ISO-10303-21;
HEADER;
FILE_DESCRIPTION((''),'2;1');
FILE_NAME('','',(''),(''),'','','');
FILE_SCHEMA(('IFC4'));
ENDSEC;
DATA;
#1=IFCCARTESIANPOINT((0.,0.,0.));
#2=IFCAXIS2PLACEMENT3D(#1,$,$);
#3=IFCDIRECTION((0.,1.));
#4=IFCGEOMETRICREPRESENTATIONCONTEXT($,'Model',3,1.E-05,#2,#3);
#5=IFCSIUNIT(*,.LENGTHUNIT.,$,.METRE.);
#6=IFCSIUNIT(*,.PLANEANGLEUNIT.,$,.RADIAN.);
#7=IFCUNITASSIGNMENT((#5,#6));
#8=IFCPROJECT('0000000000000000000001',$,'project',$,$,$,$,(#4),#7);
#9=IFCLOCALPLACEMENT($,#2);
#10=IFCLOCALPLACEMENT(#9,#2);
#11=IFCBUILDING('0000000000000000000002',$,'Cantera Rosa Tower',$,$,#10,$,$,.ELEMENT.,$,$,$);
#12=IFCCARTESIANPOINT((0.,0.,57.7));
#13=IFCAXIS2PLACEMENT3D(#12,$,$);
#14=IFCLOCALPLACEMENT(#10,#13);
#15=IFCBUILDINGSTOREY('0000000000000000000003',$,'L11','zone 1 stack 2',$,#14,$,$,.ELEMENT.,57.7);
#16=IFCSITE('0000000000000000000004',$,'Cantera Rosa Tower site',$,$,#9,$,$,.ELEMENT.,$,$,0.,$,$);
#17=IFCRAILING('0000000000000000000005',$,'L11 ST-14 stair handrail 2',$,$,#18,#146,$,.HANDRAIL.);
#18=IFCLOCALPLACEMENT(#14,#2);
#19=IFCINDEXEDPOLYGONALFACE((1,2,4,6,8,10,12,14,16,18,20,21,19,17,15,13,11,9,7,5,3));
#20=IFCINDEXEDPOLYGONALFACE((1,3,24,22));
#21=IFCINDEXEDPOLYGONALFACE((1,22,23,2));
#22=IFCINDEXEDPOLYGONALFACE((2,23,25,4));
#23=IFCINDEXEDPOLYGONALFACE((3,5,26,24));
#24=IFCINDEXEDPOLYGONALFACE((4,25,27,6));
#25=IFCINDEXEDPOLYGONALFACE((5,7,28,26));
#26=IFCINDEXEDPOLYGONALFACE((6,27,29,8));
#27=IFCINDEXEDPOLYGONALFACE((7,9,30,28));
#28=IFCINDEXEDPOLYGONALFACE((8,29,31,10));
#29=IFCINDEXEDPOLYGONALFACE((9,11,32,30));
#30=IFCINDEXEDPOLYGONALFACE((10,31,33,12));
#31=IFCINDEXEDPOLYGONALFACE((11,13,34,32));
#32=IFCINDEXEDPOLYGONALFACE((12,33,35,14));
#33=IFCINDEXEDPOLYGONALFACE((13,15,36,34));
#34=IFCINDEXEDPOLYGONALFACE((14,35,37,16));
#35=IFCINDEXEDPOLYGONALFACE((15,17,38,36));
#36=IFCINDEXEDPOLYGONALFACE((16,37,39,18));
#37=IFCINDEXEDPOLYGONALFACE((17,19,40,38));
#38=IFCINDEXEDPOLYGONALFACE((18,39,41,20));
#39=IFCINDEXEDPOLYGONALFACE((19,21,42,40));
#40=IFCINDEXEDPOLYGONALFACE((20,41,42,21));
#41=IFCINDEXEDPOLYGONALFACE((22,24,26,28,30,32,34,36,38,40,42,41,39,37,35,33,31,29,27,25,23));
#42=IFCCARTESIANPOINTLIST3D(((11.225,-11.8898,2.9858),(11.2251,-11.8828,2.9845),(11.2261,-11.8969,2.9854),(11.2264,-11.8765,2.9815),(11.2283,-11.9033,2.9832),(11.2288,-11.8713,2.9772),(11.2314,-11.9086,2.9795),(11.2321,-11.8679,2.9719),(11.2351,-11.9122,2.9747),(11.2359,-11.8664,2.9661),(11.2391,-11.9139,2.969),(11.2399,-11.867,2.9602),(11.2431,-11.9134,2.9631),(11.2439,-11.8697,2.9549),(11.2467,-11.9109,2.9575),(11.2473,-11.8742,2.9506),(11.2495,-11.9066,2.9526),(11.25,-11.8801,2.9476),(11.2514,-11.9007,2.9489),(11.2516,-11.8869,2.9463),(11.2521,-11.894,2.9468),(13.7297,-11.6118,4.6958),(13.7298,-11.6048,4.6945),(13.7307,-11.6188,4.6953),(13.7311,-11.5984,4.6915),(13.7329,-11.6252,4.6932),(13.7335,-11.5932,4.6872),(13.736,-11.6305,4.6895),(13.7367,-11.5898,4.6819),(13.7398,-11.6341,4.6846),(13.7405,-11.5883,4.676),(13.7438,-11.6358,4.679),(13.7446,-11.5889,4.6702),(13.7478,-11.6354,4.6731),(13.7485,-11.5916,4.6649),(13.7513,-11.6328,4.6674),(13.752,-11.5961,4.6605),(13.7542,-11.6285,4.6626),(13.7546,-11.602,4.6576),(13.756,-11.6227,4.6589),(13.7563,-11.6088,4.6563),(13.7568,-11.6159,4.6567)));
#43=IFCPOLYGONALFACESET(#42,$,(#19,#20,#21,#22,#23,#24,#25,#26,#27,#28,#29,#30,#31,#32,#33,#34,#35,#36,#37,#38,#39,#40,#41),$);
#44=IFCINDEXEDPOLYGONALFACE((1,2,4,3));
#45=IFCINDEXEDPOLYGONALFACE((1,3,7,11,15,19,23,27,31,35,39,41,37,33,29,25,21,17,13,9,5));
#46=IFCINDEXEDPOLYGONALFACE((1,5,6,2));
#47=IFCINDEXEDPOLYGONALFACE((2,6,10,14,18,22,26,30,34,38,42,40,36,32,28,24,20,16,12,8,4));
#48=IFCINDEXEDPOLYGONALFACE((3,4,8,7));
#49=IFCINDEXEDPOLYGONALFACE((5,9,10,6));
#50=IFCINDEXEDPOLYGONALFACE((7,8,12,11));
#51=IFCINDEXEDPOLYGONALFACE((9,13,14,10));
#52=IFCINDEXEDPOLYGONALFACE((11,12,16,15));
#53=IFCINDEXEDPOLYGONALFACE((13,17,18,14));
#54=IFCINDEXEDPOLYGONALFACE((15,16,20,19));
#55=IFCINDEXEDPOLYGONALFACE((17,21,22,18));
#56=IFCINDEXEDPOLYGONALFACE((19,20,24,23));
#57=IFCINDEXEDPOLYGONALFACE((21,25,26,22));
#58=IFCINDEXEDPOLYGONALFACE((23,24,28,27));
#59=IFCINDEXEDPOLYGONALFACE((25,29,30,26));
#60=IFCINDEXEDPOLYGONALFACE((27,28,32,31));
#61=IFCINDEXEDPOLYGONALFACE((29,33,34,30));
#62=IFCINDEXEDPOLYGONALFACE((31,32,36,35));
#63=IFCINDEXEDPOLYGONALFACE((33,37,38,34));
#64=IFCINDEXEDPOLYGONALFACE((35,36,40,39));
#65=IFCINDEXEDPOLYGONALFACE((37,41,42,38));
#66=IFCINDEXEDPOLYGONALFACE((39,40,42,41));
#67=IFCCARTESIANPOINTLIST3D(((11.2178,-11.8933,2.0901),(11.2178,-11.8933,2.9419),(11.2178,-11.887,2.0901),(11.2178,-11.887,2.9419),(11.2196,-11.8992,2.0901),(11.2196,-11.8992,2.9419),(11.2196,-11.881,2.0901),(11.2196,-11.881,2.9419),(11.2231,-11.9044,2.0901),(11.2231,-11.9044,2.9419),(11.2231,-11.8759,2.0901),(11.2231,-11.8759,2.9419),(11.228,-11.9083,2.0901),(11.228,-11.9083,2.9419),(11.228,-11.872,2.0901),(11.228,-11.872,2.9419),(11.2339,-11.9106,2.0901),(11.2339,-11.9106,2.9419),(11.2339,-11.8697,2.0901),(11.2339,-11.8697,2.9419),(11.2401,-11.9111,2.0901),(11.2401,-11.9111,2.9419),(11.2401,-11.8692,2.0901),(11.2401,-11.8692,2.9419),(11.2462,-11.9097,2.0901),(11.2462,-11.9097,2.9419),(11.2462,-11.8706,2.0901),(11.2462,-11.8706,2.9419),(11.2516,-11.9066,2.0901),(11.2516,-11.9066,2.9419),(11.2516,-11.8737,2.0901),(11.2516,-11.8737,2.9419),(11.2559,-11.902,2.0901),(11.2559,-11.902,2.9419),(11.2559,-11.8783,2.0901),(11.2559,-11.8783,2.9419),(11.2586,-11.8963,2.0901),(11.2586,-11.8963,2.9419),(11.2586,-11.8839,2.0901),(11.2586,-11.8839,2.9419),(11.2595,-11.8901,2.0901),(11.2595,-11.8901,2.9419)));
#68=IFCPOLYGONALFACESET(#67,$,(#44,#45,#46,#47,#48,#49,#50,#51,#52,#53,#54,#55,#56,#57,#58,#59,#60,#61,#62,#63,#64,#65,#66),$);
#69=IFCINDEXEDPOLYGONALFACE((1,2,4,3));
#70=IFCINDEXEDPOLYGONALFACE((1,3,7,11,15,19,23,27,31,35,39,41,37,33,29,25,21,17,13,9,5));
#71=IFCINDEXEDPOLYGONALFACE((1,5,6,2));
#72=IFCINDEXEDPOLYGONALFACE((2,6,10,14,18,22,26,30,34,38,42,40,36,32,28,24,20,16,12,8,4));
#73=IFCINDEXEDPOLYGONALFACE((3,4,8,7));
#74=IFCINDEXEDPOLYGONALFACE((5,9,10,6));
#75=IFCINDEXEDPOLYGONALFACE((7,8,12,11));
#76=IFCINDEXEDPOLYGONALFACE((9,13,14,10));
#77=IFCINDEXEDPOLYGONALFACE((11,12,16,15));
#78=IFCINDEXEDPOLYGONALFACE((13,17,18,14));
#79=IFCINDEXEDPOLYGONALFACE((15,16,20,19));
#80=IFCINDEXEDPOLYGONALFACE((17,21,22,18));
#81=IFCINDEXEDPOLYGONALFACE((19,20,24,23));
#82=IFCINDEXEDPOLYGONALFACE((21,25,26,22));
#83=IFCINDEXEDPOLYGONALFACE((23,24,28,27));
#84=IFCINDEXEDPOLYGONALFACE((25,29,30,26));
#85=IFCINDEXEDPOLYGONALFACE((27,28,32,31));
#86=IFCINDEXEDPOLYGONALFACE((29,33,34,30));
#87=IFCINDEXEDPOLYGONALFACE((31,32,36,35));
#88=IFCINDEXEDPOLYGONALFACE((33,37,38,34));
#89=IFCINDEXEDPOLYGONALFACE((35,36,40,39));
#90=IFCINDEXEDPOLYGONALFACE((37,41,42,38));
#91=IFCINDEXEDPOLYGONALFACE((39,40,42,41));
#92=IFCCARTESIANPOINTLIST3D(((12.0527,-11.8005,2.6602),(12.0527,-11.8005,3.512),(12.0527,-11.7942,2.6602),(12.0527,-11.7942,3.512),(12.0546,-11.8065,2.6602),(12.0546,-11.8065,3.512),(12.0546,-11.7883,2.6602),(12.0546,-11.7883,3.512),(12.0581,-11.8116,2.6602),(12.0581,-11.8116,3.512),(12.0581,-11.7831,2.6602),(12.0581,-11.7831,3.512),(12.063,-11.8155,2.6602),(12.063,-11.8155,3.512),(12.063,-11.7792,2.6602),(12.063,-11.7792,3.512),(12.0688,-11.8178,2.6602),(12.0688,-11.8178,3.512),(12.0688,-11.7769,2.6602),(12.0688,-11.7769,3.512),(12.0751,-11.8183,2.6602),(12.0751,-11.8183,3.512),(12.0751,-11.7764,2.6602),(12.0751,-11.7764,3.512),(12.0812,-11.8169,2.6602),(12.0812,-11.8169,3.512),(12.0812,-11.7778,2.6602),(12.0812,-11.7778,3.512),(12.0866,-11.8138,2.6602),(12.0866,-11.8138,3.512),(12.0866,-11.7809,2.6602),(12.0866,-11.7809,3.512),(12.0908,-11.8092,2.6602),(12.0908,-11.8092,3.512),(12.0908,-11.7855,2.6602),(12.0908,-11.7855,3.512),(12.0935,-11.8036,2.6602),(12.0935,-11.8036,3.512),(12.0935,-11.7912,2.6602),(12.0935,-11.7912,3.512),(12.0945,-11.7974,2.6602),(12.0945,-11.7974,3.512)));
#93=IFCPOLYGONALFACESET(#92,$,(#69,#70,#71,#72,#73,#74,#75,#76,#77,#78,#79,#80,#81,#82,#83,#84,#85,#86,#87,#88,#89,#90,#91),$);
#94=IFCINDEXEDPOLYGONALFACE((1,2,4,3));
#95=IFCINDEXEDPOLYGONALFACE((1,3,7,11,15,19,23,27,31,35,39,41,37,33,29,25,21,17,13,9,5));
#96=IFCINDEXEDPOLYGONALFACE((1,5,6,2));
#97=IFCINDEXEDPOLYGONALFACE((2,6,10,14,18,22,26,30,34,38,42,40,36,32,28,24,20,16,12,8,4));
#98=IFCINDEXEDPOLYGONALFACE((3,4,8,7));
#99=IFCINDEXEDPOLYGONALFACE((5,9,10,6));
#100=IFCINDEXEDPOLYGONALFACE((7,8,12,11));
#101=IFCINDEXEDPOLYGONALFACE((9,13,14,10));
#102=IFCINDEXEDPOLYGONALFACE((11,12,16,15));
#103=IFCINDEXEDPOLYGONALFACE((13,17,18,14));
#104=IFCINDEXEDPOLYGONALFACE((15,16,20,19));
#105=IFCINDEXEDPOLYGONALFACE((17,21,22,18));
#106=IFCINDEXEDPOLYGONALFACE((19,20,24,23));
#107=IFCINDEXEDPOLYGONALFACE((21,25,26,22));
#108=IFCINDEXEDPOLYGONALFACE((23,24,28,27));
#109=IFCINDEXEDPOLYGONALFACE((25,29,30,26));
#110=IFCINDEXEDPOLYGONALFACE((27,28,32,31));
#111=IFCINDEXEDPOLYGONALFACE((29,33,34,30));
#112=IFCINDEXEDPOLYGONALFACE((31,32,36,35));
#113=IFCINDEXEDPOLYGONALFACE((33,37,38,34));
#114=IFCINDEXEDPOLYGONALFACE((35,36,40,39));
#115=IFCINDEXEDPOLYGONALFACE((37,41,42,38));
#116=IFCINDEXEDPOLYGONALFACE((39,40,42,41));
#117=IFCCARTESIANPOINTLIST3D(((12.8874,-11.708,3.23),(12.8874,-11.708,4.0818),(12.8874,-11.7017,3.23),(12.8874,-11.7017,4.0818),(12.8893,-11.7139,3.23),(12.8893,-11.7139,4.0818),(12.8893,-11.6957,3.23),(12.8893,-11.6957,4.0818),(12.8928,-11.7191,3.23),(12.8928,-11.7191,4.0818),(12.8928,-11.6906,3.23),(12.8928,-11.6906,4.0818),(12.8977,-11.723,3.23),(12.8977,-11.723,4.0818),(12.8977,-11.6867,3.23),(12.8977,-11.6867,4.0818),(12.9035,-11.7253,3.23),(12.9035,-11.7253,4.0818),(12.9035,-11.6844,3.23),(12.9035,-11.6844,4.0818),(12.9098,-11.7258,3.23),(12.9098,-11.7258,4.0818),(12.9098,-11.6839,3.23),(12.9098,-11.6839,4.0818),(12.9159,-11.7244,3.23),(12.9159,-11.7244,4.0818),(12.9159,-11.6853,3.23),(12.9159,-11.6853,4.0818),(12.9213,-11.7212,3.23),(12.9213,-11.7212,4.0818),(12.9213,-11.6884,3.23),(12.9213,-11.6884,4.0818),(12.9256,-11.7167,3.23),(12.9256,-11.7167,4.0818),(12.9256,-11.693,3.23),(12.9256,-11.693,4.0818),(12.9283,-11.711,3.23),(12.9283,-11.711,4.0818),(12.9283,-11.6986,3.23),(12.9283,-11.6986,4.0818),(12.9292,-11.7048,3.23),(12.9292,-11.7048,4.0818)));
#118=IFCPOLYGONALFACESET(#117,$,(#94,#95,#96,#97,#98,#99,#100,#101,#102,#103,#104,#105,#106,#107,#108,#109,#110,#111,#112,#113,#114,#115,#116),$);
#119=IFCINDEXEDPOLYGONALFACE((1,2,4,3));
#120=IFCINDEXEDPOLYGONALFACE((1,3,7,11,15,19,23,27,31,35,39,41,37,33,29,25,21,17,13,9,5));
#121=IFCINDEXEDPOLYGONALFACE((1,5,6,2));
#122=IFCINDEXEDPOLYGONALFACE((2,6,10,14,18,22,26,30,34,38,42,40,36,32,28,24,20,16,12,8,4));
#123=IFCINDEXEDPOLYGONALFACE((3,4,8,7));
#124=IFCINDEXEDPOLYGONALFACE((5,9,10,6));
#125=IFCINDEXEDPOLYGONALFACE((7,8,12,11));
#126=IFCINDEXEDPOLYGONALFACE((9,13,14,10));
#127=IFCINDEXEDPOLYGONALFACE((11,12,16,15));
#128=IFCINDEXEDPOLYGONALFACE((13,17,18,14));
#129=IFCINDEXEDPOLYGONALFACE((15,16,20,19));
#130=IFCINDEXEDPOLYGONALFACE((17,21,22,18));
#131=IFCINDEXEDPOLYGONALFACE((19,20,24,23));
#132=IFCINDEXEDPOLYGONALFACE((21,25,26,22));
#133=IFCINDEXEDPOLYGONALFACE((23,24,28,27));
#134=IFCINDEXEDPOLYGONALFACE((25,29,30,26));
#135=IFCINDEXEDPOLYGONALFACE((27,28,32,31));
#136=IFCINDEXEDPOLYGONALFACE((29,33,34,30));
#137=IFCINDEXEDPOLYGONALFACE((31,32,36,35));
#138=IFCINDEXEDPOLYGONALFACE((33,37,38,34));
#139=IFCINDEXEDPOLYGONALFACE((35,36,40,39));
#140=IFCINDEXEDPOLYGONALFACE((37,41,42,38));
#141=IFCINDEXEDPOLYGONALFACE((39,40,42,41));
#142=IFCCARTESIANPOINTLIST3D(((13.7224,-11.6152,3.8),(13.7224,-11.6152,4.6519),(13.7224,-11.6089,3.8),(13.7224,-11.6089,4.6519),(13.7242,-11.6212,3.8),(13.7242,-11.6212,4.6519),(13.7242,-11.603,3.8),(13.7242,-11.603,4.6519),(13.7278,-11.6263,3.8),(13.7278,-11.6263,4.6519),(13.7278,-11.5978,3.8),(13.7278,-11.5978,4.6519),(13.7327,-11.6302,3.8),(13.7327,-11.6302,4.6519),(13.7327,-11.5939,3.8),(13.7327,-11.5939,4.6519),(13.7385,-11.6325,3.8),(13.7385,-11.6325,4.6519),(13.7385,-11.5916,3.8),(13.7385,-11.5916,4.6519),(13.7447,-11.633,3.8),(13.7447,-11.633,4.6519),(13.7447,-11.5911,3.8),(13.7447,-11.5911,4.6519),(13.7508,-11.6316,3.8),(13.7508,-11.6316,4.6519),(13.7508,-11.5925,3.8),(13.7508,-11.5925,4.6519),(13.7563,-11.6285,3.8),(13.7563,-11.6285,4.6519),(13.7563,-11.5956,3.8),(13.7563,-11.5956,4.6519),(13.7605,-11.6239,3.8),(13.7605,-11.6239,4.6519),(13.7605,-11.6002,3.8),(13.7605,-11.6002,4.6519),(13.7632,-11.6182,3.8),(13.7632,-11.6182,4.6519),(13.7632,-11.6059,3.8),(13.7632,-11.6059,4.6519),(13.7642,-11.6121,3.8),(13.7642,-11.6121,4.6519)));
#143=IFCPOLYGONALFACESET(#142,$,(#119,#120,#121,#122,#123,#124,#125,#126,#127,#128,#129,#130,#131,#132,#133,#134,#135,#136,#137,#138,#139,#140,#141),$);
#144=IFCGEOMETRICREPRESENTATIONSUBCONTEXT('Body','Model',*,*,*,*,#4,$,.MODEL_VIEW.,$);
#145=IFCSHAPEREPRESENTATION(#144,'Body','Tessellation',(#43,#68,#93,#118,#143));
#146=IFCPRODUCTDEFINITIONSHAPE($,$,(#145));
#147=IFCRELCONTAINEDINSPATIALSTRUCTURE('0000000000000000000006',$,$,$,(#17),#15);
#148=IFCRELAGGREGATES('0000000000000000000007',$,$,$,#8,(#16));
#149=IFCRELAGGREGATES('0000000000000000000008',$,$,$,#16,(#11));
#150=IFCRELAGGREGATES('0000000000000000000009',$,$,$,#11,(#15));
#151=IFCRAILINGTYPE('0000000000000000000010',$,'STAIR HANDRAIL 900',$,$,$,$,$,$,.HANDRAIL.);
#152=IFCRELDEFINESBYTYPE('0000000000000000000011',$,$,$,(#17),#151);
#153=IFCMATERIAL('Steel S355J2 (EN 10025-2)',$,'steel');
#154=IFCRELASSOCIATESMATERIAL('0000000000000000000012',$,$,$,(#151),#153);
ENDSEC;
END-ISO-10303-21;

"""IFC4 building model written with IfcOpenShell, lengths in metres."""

from ifc_helpers import new_model, si_unit, direction, frame, origin, origin_2d, place, context, subcontext, project, spatial, circle, extrude, material, type_object, element, save


model = new_model("IFC4")

# Units and contexts
model_context = context("Model", 3, precision=1e-05, world=origin(), true_north=direction((0.0, 1.0)))
body_context = subcontext(model_context, "Body", "Model", "MODEL_VIEW")
ifc_project = project(units=[si_unit("LENGTHUNIT", "METRE"), si_unit("PLANEANGLEUNIT", "RADIAN")], contexts=[model_context])

# Site, building, storey
site_placement = place(None, origin())
site = spatial("IfcSite", under=ifc_project, at=site_placement, Name="Cantera Rosa Tower site", CompositionType="ELEMENT", RefElevation=0.0)
building_placement = place(site_placement, origin())
building = spatial("IfcBuilding", under=site, at=building_placement, Name="Cantera Rosa Tower", CompositionType="ELEMENT")
storey_placement = place(building_placement, frame((0.0, 0.0, 57.7)))
storey = spatial("IfcBuildingStorey", under=building, at=storey_placement, Name="L11", Description="zone 1 stack 2", CompositionType="ELEMENT", Elevation=57.7)

# Railing
ifc_material_1 = material(Name="Steel S355J2 (EN 10025-2)", Category="steel")
railing_type_1 = type_object("IfcRailingType", Name="STAIR HANDRAIL 900", PredefinedType="HANDRAIL", material=ifc_material_1)
railing_1_placement = place(storey_placement, frame((11.2385, -11.8901, 2.0901)))
element("IfcRailing", 1, at=railing_1_placement, inside=storey, type_object=railing_type_1, Name="L11 ST-14 stair handrail 2", PredefinedType="HANDRAIL", context=body_context, shape_type="SweptSolid", body=[
    extrude(circle(Radius=0.0239, at=origin_2d()), frame((0.0, 0.0, 0.876), z_axis=(0.822431, 0.09131, 0.561488), x_axis=(-0.110346, 0.993893, 0.0)), (0.0, 0.0, 1.0), 3.0454),
    extrude(circle(Radius=0.021, at=origin_2d()), origin(), (0.0, 0.0, 1.0), 0.8518),
    extrude(circle(Radius=0.021, at=origin_2d()), frame((0.835, 0.0928, 0.5701)), (0.0, 0.0, 1.0), 0.8518),
    extrude(circle(Radius=0.021, at=origin_2d()), frame((1.6697, 0.1853, 1.1399)), (0.0, 0.0, 1.0), 0.8518),
    extrude(circle(Radius=0.021, at=origin_2d()), frame((2.5046, 0.2781, 1.71)), (0.0, 0.0, 1.0), 0.8518),
])

save(model, "model.ifc")
